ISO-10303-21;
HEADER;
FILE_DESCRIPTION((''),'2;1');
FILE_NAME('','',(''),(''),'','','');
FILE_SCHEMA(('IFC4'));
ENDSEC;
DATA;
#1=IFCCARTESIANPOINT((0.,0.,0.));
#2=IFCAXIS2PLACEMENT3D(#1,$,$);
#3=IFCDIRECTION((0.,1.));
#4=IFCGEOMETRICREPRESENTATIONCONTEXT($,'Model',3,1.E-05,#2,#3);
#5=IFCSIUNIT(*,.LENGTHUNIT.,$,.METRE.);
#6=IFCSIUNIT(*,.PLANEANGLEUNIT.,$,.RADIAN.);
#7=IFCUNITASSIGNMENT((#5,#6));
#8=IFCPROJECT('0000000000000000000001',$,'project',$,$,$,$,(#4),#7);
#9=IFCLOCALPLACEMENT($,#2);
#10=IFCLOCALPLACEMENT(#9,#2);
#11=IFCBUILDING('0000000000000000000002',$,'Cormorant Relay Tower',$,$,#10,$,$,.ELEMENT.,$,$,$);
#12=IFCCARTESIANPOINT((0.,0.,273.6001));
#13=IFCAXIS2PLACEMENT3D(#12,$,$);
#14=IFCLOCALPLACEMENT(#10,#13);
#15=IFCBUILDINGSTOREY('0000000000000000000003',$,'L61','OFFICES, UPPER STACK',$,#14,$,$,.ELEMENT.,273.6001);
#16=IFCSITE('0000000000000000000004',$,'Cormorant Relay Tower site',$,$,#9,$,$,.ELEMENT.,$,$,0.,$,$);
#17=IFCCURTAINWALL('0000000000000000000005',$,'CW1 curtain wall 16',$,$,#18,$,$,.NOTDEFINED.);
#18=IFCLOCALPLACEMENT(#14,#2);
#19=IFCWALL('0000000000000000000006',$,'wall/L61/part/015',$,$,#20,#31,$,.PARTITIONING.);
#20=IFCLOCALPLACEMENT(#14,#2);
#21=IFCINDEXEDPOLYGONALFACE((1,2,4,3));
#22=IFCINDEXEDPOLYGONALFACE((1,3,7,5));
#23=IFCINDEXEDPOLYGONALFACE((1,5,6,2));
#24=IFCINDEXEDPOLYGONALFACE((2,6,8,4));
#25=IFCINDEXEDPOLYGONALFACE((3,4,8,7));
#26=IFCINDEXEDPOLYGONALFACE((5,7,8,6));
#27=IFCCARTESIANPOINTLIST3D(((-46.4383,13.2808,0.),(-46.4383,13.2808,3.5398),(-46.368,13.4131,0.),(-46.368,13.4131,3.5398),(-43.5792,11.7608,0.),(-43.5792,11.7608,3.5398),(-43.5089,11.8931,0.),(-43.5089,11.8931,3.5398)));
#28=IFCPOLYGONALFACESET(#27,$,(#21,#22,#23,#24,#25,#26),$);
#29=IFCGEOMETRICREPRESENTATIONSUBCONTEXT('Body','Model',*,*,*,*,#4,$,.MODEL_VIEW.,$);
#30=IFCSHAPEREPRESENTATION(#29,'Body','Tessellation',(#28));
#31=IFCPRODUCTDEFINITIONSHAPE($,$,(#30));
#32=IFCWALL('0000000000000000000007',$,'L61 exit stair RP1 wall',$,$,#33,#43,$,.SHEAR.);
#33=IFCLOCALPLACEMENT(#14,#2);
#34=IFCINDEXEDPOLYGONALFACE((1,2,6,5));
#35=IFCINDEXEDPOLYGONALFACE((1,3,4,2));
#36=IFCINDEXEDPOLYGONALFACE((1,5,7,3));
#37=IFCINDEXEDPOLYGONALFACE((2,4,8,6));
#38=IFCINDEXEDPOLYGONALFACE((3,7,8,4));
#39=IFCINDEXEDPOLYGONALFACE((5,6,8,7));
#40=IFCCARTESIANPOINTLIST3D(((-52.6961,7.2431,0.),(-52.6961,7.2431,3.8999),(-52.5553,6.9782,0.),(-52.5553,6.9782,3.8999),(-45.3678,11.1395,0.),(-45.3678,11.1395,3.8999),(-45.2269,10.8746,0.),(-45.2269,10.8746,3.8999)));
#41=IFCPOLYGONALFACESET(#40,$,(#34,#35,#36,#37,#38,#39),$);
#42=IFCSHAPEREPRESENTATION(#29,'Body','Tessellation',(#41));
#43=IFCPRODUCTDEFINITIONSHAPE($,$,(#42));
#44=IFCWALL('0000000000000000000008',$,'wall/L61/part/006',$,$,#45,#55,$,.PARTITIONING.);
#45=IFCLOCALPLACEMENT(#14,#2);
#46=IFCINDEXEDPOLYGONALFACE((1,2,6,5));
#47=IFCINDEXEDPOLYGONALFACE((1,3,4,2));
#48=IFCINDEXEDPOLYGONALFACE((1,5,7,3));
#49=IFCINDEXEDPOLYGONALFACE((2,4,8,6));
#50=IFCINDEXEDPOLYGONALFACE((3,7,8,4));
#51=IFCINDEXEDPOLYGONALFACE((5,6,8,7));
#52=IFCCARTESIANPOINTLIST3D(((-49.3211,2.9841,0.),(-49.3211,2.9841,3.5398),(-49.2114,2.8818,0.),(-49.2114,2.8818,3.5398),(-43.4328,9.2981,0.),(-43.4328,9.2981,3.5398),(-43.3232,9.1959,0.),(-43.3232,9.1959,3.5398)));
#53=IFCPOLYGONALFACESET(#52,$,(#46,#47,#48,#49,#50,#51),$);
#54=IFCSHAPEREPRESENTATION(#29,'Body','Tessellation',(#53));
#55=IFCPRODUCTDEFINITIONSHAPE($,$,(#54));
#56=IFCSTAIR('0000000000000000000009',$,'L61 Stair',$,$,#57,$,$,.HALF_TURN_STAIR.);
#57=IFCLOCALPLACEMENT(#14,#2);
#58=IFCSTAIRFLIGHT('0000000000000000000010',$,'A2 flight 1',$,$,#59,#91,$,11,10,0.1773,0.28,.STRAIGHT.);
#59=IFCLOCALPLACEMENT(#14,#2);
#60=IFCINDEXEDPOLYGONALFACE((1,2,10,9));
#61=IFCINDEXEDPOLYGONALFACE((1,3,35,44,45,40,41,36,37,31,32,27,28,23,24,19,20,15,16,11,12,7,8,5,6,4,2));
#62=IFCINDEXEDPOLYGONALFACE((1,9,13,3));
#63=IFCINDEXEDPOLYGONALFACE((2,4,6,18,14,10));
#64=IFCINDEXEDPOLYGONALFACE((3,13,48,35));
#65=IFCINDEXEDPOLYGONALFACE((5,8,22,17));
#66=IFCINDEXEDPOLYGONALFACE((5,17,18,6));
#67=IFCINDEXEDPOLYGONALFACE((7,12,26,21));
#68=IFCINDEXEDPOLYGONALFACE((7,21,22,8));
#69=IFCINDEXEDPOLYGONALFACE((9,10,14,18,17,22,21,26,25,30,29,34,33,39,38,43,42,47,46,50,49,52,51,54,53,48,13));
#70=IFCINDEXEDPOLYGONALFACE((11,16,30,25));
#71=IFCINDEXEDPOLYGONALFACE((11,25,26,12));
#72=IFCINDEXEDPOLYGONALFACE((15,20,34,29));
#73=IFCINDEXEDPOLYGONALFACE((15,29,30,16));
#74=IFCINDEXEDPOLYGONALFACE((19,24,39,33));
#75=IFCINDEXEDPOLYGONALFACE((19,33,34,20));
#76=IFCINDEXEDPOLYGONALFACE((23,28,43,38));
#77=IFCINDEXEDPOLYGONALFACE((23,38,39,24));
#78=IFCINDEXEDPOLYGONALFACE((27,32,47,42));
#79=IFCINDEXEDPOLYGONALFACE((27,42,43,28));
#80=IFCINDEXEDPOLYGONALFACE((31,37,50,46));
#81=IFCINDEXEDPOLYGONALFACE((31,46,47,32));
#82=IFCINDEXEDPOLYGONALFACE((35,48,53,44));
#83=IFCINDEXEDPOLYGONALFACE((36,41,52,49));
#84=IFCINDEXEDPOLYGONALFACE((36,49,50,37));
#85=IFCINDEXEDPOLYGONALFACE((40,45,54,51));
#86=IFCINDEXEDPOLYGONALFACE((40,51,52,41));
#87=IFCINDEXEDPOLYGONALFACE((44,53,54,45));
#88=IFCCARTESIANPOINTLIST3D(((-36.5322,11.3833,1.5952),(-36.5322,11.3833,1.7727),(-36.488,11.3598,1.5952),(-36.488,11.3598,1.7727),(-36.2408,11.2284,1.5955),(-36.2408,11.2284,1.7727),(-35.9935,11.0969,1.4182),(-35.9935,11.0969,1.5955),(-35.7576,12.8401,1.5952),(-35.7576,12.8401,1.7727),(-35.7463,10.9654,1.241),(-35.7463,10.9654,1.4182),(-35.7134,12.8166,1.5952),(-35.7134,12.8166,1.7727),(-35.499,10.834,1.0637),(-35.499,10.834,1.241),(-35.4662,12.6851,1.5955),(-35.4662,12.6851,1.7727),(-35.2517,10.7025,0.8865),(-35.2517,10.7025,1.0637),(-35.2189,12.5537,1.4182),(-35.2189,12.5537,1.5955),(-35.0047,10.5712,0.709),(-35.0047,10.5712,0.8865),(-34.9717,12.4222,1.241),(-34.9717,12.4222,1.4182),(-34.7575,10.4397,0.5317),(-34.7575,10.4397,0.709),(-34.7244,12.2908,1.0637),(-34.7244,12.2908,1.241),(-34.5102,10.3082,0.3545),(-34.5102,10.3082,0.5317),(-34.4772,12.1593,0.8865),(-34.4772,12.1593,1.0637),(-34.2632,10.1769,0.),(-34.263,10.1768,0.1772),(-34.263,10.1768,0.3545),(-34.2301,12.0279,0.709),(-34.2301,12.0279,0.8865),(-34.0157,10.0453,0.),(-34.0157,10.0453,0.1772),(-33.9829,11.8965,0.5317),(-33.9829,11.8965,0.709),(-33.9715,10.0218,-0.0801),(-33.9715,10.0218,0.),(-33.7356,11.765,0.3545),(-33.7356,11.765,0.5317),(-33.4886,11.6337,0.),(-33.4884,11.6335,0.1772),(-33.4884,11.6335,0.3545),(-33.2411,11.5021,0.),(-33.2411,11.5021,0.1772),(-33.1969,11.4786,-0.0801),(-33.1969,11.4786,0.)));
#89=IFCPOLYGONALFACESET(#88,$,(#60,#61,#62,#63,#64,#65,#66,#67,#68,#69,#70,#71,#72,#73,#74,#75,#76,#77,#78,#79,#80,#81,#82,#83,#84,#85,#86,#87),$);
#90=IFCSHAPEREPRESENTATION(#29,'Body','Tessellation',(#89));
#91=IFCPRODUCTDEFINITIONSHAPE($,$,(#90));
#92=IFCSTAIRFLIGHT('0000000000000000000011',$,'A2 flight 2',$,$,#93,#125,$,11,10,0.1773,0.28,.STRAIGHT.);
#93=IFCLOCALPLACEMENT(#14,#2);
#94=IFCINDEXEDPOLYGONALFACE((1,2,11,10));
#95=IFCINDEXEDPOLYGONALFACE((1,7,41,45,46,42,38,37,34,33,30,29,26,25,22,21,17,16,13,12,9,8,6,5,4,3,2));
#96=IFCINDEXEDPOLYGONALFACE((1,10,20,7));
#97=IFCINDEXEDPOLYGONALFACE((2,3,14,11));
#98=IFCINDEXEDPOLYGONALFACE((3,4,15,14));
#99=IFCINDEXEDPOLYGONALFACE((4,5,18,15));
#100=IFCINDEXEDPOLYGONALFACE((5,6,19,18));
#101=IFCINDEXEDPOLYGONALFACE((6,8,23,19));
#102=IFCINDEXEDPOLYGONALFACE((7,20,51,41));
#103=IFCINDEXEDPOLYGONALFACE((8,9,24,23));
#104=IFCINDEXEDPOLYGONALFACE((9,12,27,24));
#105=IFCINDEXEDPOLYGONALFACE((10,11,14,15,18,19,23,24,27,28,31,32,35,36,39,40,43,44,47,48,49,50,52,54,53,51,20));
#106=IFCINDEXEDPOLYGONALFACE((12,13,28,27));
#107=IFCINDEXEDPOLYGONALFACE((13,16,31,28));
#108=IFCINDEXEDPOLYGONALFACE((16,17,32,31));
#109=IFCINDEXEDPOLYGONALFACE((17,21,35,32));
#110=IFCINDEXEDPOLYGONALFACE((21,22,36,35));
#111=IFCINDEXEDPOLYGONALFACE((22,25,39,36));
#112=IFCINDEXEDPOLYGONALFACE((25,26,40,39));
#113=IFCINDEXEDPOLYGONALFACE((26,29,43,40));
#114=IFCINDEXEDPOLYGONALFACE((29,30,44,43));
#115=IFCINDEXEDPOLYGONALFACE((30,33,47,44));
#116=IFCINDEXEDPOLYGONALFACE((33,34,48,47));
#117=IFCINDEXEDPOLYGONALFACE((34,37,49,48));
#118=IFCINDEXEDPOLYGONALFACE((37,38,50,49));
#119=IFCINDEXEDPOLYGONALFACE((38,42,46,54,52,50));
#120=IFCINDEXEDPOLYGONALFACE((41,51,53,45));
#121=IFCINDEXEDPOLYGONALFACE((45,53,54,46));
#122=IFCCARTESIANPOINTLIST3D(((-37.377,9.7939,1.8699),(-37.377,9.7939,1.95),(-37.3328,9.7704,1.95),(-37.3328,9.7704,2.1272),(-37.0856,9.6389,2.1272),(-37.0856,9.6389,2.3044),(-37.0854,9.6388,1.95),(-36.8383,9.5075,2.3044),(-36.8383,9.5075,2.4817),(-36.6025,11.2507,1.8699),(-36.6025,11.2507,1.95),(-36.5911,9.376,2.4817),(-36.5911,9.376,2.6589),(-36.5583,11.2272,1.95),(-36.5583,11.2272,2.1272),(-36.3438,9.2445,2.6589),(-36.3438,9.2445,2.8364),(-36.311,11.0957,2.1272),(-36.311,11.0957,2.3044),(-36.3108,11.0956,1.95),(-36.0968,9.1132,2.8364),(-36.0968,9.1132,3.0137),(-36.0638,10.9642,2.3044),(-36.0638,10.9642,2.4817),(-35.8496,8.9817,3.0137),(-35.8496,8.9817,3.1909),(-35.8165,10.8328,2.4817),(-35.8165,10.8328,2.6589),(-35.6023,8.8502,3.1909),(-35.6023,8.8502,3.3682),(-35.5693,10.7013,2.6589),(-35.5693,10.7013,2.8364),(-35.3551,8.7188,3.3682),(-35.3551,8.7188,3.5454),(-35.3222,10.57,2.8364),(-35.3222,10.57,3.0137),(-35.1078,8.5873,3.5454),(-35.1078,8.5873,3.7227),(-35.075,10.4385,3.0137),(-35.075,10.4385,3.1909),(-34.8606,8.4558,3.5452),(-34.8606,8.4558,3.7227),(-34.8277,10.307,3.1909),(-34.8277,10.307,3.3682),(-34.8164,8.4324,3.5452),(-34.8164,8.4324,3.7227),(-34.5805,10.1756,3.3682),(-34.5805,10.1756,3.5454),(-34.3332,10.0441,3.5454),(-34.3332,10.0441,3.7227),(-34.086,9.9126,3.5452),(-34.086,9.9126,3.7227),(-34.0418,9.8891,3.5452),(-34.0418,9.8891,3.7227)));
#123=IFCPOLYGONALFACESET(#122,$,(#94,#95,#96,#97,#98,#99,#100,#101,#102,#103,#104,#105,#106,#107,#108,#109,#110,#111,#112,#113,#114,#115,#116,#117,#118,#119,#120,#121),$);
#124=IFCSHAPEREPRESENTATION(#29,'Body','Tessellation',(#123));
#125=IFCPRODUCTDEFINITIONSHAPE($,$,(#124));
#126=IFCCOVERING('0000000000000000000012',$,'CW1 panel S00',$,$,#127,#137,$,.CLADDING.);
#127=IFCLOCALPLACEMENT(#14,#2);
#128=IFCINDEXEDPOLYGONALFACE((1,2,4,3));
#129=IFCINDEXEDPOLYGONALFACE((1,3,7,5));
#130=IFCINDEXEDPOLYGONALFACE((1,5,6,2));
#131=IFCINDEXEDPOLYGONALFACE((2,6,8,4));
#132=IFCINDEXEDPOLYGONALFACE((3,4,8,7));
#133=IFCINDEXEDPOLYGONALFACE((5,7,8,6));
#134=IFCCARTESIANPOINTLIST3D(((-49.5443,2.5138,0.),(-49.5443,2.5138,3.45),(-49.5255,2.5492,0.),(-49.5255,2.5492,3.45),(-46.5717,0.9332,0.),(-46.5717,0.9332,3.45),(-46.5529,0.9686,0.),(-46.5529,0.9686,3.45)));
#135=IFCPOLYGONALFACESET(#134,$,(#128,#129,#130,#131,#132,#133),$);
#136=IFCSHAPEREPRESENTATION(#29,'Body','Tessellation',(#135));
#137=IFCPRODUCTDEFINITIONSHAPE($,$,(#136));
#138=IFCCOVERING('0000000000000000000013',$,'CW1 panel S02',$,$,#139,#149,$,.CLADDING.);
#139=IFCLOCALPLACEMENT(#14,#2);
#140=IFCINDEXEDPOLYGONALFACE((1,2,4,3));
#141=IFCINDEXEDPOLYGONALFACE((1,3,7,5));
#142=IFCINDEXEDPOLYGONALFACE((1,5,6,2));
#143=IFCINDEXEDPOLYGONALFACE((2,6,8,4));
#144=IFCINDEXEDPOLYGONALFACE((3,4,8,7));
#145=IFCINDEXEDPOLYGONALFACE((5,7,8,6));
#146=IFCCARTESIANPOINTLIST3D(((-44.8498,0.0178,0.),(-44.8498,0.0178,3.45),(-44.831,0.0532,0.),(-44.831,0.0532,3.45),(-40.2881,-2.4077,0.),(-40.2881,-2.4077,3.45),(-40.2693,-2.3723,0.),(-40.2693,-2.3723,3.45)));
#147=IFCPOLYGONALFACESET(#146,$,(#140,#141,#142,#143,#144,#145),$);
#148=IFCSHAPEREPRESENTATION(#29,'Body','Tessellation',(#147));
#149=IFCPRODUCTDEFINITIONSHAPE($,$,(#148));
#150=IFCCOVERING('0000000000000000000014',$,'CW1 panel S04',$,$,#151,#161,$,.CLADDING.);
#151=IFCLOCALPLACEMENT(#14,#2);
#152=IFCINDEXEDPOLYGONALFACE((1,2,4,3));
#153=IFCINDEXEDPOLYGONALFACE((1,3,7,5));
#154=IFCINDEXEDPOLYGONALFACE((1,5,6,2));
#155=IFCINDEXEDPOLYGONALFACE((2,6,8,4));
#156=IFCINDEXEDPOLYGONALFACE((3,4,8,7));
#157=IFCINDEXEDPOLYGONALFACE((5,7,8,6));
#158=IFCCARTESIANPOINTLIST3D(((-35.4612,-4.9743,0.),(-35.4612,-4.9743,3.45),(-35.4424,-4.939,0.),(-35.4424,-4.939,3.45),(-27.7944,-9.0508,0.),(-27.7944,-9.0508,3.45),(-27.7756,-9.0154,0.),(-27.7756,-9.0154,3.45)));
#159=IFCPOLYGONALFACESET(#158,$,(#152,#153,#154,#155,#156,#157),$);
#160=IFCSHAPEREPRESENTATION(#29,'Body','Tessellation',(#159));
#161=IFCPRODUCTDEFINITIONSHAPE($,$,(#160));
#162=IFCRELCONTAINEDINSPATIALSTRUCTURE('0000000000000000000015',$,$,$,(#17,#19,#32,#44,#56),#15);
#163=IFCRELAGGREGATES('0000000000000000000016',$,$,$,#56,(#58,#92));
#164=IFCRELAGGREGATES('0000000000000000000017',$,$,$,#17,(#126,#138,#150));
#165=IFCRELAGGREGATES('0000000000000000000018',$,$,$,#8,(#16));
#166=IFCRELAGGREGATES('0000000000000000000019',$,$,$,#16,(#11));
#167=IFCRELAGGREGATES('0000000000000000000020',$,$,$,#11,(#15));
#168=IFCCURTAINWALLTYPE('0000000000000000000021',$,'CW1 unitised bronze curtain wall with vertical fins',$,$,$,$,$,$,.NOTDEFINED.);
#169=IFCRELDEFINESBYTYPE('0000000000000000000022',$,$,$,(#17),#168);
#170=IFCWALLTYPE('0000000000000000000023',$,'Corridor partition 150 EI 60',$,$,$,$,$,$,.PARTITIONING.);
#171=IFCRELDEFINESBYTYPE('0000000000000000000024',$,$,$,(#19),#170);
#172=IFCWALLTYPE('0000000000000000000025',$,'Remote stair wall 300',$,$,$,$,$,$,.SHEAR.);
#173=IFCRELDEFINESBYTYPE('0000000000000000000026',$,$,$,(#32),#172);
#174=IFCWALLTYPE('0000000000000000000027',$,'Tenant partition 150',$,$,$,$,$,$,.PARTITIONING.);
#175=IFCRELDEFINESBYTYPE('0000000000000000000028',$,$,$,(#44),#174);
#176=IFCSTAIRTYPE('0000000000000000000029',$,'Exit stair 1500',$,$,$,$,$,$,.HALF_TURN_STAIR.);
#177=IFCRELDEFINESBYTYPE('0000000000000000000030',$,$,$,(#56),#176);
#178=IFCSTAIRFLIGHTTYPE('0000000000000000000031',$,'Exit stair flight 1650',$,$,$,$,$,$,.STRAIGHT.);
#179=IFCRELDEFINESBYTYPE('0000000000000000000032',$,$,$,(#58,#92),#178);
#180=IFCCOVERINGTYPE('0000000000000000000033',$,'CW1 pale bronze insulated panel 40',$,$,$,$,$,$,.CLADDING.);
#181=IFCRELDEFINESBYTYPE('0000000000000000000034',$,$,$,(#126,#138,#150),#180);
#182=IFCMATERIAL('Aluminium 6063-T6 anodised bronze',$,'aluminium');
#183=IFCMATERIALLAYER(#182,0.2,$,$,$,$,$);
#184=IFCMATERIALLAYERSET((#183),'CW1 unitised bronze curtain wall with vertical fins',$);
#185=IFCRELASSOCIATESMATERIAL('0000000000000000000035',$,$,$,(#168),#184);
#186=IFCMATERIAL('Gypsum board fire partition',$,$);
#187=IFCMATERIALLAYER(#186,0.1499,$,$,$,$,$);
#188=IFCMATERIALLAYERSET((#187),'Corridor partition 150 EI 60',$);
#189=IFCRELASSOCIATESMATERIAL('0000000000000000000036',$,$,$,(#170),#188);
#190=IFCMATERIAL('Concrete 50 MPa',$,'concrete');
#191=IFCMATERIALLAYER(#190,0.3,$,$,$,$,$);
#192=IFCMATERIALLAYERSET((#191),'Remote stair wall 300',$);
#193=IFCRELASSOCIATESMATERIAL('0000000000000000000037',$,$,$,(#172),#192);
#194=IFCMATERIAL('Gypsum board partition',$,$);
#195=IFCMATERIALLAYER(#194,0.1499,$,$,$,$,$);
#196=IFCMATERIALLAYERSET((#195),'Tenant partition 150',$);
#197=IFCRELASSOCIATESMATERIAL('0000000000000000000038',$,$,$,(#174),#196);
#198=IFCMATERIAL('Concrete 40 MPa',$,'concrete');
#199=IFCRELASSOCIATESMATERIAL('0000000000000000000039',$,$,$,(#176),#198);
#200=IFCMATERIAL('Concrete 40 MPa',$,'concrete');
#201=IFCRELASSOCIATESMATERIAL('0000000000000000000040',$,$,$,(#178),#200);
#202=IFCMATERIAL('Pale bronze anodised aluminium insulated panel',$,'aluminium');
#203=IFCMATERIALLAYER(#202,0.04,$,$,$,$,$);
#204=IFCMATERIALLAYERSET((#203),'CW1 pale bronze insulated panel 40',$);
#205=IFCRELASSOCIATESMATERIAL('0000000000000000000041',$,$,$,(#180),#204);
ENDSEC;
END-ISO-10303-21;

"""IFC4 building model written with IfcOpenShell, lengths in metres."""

from ifc_helpers import new_model, si_unit, direction, frame, frame_2d, origin, origin_2d, place, context, subcontext, project, spatial, polyline, rectangle, outline, extrude, material, layer, layer_set, type_object, element, aggregate, save


model = new_model("IFC4")

# Units and contexts
model_context = context("Model", 3, precision=1e-05, world=origin(), true_north=direction((0.0, 1.0)))
body_context = subcontext(model_context, "Body", "Model", "MODEL_VIEW")
ifc_project = project(units=[si_unit("LENGTHUNIT", "METRE"), si_unit("PLANEANGLEUNIT", "RADIAN")], contexts=[model_context])

# Site, building, storey
site_placement = place(None, origin())
site = spatial("IfcSite", under=ifc_project, at=site_placement, Name="Cormorant Relay Tower site", CompositionType="ELEMENT", RefElevation=0.0)
building_placement = place(site_placement, origin())
building = spatial("IfcBuilding", under=site, at=building_placement, Name="Cormorant Relay Tower", CompositionType="ELEMENT")
storey_placement = place(building_placement, frame((0.0, 0.0, 273.6001)))
storey = spatial("IfcBuildingStorey", under=building, at=storey_placement, Name="L61", Description="OFFICES, UPPER STACK", CompositionType="ELEMENT", Elevation=273.6001)

# Curtain wall
ifc_material_1 = material(Name="Aluminium 6063-T6 anodised bronze", Category="aluminium")
ifc_layer_1 = layer(ifc_material_1, 0.2)
ifc_layer_set_1 = layer_set([ifc_layer_1], Name="CW1 unitised bronze curtain wall with vertical fins")
curtain_wall_type = type_object("IfcCurtainWallType", Name="CW1 unitised bronze curtain wall with vertical fins", PredefinedType="NOTDEFINED", material=ifc_layer_set_1)
curtain_wall_placement = place(storey_placement, origin())
curtain_wall = element("IfcCurtainWall", 1, at=curtain_wall_placement, inside=storey, type_object=curtain_wall_type, Name="CW1 curtain wall 16", PredefinedType="NOTDEFINED")

# Walls
ifc_material_2 = material(Name="Gypsum board fire partition")
ifc_layer_2 = layer(ifc_material_2, 0.1499)
ifc_layer_set_2 = layer_set([ifc_layer_2], Name="Corridor partition 150 EI 60")
wall_type_1 = type_object("IfcWallType", Name="Corridor partition 150 EI 60", PredefinedType="PARTITIONING", material=ifc_layer_set_2)
wall_1_placement = place(storey_placement, frame((-43.5439, 11.8269, 0.0), z_axis=(0.0, 0.0, 1.0), x_axis=(-0.882974, 0.469422, 0.0)))
element("IfcWall", 2, at=wall_1_placement, inside=storey, type_object=wall_type_1, Name="wall/L61/part/015", PredefinedType="PARTITIONING", context=body_context, shape_type="SweptSolid", body=[
    extrude(rectangle(XDim=3.238, YDim=0.1499, at=frame_2d((1.6191, 0.0))), origin(), (0.0, 0.0, 1.0), 3.5398),
])
ifc_material_3 = material(Name="Concrete 50 MPa", Category="concrete")
ifc_layer_3 = layer(ifc_material_3, 0.3)
ifc_layer_set_3 = layer_set([ifc_layer_3], Name="Remote stair wall 300")
wall_type_2 = type_object("IfcWallType", Name="Remote stair wall 300", PredefinedType="SHEAR", material=ifc_layer_set_3)
wall_2_placement = place(storey_placement, frame((-45.2974, 11.0071, 0.0), z_axis=(0.0, 0.0, 1.0), x_axis=(-0.882952, -0.469464, 0.0)))
element("IfcWall", 3, at=wall_2_placement, inside=storey, type_object=wall_type_2, Name="L61 exit stair RP1 wall", PredefinedType="SHEAR", context=body_context, shape_type="SweptSolid", body=[
    extrude(rectangle(XDim=8.2998, YDim=0.3, at=frame_2d((4.1499, 0.0))), origin(), (0.0, 0.0, 1.0), 3.8999),
])
ifc_material_4 = material(Name="Gypsum board partition")
ifc_layer_4 = layer(ifc_material_4, 0.1499)
ifc_layer_set_4 = layer_set([ifc_layer_4], Name="Tenant partition 150")
wall_type_3 = type_object("IfcWallType", Name="Tenant partition 150", PredefinedType="PARTITIONING", material=ifc_layer_set_4)
wall_3_placement = place(storey_placement, frame((-43.3779, 9.2471, 0.0), z_axis=(0.0, 0.0, 1.0), x_axis=(-0.682018, -0.731335, 0.0)))
element("IfcWall", 4, at=wall_3_placement, inside=storey, type_object=wall_type_3, Name="wall/L61/part/006", PredefinedType="PARTITIONING", context=body_context, shape_type="SweptSolid", body=[
    extrude(rectangle(XDim=8.6335, YDim=0.1499, at=frame_2d((4.3169, 0.0))), origin(), (0.0, 0.0, 1.0), 3.5398),
])

# Stair, stair flights
ifc_material_5 = material(Name="Concrete 40 MPa", Category="concrete")
stair_type = type_object("IfcStairType", Name="Exit stair 1500", PredefinedType="HALF_TURN_STAIR", material=ifc_material_5)
stair_placement = place(storey_placement, origin())
stair = element("IfcStair", 5, at=stair_placement, inside=storey, type_object=stair_type, Name="L61 Stair", PredefinedType="HALF_TURN_STAIR")
ifc_material_6 = material(Name="Concrete 40 MPa", Category="concrete")
stair_flight_type = type_object("IfcStairFlightType", Name="Exit stair flight 1650", PredefinedType="STRAIGHT", material=ifc_material_6)
stair_flight_1_placement = place(storey_placement, frame((-33.6284, 10.7737, 0.0), z_axis=(0.0, 0.0, 1.0), x_axis=(-0.882948, 0.469472, 0.0)))
stair_flight_1 = element("IfcStairFlight", 6, at=stair_flight_1_placement, type_object=stair_flight_type, Name="A2 flight 1", NumberOfRisers=11, NumberOfTreads=10, PredefinedType="STRAIGHT", RiserHeight=0.1773, TreadLength=0.28, context=body_context, shape_type="SweptSolid", body=[
    extrude(outline(polyline([(-0.05, -0.0801), (-0.05, 0.0), (0.0, 0.0), (0.0, 0.1772), (0.28, 0.1772), (0.28, 0.3545), (0.5601, 0.3545), (0.5601, 0.5317), (0.8401, 0.5317), (0.8401, 0.709), (1.1201, 0.709), (1.1201, 0.8865), (1.3999, 0.8865), (1.3999, 1.0637), (1.6799, 1.0637), (1.6799, 1.241), (1.96, 1.241), (1.96, 1.4182), (2.24, 1.4182), (2.24, 1.5955), (2.52, 1.5955), (2.52, 1.7727), (2.8, 1.7727), (2.8501, 1.7727), (2.8501, 1.5952), (2.8, 1.5952), (0.2803, 0.0), (-0.05, -0.0801)])), frame((0.0, 0.825, 0.0), z_axis=(0.0, -1.0, 0.0), x_axis=(1.0, 0.0, 0.0)), (0.0, 0.0, 1.0), 1.6499),
])
stair_flight_2_placement = place(storey_placement, frame((-36.9456, 10.4988, 1.95), z_axis=(0.0, 0.0, 1.0), x_axis=(0.882948, -0.469472, 0.0)))
stair_flight_2 = element("IfcStairFlight", 7, at=stair_flight_2_placement, type_object=stair_flight_type, Name="A2 flight 2", NumberOfRisers=11, NumberOfTreads=10, PredefinedType="STRAIGHT", RiserHeight=0.1773, TreadLength=0.28, context=body_context, shape_type="SweptSolid", body=[
    extrude(outline(polyline([(-0.05, -0.0801), (-0.05, 0.0), (0.0, 0.0), (0.0, 0.1772), (0.28, 0.1772), (0.28, 0.3545), (0.5601, 0.3545), (0.5601, 0.5317), (0.8401, 0.5317), (0.8401, 0.709), (1.1201, 0.709), (1.1201, 0.8865), (1.3999, 0.8865), (1.3999, 1.0637), (1.6799, 1.0637), (1.6799, 1.241), (1.96, 1.241), (1.96, 1.4182), (2.24, 1.4182), (2.24, 1.5955), (2.52, 1.5955), (2.52, 1.7727), (2.8, 1.7727), (2.8501, 1.7727), (2.8501, 1.5952), (2.8, 1.5952), (0.2803, 0.0), (-0.05, -0.0801)])), frame((0.0, 0.825, 0.0), z_axis=(0.0, -1.0, 0.0), x_axis=(1.0, 0.0, 0.0)), (0.0, 0.0, 1.0), 1.6499),
])
aggregate(stair, [stair_flight_1, stair_flight_2])

# Coverings
ifc_material_7 = material(Name="Pale bronze anodised aluminium insulated panel", Category="aluminium")
ifc_layer_5 = layer(ifc_material_7, 0.04)
ifc_layer_set_5 = layer_set([ifc_layer_5], Name="CW1 pale bronze insulated panel 40")
covering_type = type_object("IfcCoveringType", Name="CW1 pale bronze insulated panel 40", PredefinedType="CLADDING", material=ifc_layer_set_5)
covering_1_placement = place(storey_placement, frame((-48.0486, 1.7412, 0.0), z_axis=(0.0, 0.0, 1.0), x_axis=(0.882948, -0.469472, 0.0)))
covering_1 = element("IfcCovering", 8, at=covering_1_placement, type_object=covering_type, Name="CW1 panel S00", PredefinedType="CLADDING", context=body_context, shape_type="SweptSolid", body=[
    extrude(rectangle(XDim=3.3667, YDim=0.04, at=origin_2d()), origin(), (0.0, 0.0, 1.0), 3.45),
])
covering_2_placement = place(storey_placement, frame((-42.5596, -1.1772, 0.0), z_axis=(0.0, 0.0, 1.0), x_axis=(0.882948, -0.469472, 0.0)))
covering_2 = element("IfcCovering", 9, at=covering_2_placement, type_object=covering_type, Name="CW1 panel S02", PredefinedType="CLADDING", context=body_context, shape_type="SweptSolid", body=[
    extrude(rectangle(XDim=5.1665, YDim=0.04, at=origin_2d()), origin(), (0.0, 0.0, 1.0), 3.45),
])
covering_3_placement = place(storey_placement, frame((-31.6184, -6.9949, 0.0), z_axis=(0.0, 0.0, 1.0), x_axis=(0.882948, -0.469472, 0.0)))
covering_3 = element("IfcCovering", 10, at=covering_3_placement, type_object=covering_type, Name="CW1 panel S04", PredefinedType="CLADDING", context=body_context, shape_type="SweptSolid", body=[
    extrude(rectangle(XDim=8.6831, YDim=0.04, at=origin_2d()), origin(), (0.0, 0.0, 1.0), 3.45),
])
aggregate(curtain_wall, [covering_1, covering_2, covering_3])

save(model, "model.ifc")
